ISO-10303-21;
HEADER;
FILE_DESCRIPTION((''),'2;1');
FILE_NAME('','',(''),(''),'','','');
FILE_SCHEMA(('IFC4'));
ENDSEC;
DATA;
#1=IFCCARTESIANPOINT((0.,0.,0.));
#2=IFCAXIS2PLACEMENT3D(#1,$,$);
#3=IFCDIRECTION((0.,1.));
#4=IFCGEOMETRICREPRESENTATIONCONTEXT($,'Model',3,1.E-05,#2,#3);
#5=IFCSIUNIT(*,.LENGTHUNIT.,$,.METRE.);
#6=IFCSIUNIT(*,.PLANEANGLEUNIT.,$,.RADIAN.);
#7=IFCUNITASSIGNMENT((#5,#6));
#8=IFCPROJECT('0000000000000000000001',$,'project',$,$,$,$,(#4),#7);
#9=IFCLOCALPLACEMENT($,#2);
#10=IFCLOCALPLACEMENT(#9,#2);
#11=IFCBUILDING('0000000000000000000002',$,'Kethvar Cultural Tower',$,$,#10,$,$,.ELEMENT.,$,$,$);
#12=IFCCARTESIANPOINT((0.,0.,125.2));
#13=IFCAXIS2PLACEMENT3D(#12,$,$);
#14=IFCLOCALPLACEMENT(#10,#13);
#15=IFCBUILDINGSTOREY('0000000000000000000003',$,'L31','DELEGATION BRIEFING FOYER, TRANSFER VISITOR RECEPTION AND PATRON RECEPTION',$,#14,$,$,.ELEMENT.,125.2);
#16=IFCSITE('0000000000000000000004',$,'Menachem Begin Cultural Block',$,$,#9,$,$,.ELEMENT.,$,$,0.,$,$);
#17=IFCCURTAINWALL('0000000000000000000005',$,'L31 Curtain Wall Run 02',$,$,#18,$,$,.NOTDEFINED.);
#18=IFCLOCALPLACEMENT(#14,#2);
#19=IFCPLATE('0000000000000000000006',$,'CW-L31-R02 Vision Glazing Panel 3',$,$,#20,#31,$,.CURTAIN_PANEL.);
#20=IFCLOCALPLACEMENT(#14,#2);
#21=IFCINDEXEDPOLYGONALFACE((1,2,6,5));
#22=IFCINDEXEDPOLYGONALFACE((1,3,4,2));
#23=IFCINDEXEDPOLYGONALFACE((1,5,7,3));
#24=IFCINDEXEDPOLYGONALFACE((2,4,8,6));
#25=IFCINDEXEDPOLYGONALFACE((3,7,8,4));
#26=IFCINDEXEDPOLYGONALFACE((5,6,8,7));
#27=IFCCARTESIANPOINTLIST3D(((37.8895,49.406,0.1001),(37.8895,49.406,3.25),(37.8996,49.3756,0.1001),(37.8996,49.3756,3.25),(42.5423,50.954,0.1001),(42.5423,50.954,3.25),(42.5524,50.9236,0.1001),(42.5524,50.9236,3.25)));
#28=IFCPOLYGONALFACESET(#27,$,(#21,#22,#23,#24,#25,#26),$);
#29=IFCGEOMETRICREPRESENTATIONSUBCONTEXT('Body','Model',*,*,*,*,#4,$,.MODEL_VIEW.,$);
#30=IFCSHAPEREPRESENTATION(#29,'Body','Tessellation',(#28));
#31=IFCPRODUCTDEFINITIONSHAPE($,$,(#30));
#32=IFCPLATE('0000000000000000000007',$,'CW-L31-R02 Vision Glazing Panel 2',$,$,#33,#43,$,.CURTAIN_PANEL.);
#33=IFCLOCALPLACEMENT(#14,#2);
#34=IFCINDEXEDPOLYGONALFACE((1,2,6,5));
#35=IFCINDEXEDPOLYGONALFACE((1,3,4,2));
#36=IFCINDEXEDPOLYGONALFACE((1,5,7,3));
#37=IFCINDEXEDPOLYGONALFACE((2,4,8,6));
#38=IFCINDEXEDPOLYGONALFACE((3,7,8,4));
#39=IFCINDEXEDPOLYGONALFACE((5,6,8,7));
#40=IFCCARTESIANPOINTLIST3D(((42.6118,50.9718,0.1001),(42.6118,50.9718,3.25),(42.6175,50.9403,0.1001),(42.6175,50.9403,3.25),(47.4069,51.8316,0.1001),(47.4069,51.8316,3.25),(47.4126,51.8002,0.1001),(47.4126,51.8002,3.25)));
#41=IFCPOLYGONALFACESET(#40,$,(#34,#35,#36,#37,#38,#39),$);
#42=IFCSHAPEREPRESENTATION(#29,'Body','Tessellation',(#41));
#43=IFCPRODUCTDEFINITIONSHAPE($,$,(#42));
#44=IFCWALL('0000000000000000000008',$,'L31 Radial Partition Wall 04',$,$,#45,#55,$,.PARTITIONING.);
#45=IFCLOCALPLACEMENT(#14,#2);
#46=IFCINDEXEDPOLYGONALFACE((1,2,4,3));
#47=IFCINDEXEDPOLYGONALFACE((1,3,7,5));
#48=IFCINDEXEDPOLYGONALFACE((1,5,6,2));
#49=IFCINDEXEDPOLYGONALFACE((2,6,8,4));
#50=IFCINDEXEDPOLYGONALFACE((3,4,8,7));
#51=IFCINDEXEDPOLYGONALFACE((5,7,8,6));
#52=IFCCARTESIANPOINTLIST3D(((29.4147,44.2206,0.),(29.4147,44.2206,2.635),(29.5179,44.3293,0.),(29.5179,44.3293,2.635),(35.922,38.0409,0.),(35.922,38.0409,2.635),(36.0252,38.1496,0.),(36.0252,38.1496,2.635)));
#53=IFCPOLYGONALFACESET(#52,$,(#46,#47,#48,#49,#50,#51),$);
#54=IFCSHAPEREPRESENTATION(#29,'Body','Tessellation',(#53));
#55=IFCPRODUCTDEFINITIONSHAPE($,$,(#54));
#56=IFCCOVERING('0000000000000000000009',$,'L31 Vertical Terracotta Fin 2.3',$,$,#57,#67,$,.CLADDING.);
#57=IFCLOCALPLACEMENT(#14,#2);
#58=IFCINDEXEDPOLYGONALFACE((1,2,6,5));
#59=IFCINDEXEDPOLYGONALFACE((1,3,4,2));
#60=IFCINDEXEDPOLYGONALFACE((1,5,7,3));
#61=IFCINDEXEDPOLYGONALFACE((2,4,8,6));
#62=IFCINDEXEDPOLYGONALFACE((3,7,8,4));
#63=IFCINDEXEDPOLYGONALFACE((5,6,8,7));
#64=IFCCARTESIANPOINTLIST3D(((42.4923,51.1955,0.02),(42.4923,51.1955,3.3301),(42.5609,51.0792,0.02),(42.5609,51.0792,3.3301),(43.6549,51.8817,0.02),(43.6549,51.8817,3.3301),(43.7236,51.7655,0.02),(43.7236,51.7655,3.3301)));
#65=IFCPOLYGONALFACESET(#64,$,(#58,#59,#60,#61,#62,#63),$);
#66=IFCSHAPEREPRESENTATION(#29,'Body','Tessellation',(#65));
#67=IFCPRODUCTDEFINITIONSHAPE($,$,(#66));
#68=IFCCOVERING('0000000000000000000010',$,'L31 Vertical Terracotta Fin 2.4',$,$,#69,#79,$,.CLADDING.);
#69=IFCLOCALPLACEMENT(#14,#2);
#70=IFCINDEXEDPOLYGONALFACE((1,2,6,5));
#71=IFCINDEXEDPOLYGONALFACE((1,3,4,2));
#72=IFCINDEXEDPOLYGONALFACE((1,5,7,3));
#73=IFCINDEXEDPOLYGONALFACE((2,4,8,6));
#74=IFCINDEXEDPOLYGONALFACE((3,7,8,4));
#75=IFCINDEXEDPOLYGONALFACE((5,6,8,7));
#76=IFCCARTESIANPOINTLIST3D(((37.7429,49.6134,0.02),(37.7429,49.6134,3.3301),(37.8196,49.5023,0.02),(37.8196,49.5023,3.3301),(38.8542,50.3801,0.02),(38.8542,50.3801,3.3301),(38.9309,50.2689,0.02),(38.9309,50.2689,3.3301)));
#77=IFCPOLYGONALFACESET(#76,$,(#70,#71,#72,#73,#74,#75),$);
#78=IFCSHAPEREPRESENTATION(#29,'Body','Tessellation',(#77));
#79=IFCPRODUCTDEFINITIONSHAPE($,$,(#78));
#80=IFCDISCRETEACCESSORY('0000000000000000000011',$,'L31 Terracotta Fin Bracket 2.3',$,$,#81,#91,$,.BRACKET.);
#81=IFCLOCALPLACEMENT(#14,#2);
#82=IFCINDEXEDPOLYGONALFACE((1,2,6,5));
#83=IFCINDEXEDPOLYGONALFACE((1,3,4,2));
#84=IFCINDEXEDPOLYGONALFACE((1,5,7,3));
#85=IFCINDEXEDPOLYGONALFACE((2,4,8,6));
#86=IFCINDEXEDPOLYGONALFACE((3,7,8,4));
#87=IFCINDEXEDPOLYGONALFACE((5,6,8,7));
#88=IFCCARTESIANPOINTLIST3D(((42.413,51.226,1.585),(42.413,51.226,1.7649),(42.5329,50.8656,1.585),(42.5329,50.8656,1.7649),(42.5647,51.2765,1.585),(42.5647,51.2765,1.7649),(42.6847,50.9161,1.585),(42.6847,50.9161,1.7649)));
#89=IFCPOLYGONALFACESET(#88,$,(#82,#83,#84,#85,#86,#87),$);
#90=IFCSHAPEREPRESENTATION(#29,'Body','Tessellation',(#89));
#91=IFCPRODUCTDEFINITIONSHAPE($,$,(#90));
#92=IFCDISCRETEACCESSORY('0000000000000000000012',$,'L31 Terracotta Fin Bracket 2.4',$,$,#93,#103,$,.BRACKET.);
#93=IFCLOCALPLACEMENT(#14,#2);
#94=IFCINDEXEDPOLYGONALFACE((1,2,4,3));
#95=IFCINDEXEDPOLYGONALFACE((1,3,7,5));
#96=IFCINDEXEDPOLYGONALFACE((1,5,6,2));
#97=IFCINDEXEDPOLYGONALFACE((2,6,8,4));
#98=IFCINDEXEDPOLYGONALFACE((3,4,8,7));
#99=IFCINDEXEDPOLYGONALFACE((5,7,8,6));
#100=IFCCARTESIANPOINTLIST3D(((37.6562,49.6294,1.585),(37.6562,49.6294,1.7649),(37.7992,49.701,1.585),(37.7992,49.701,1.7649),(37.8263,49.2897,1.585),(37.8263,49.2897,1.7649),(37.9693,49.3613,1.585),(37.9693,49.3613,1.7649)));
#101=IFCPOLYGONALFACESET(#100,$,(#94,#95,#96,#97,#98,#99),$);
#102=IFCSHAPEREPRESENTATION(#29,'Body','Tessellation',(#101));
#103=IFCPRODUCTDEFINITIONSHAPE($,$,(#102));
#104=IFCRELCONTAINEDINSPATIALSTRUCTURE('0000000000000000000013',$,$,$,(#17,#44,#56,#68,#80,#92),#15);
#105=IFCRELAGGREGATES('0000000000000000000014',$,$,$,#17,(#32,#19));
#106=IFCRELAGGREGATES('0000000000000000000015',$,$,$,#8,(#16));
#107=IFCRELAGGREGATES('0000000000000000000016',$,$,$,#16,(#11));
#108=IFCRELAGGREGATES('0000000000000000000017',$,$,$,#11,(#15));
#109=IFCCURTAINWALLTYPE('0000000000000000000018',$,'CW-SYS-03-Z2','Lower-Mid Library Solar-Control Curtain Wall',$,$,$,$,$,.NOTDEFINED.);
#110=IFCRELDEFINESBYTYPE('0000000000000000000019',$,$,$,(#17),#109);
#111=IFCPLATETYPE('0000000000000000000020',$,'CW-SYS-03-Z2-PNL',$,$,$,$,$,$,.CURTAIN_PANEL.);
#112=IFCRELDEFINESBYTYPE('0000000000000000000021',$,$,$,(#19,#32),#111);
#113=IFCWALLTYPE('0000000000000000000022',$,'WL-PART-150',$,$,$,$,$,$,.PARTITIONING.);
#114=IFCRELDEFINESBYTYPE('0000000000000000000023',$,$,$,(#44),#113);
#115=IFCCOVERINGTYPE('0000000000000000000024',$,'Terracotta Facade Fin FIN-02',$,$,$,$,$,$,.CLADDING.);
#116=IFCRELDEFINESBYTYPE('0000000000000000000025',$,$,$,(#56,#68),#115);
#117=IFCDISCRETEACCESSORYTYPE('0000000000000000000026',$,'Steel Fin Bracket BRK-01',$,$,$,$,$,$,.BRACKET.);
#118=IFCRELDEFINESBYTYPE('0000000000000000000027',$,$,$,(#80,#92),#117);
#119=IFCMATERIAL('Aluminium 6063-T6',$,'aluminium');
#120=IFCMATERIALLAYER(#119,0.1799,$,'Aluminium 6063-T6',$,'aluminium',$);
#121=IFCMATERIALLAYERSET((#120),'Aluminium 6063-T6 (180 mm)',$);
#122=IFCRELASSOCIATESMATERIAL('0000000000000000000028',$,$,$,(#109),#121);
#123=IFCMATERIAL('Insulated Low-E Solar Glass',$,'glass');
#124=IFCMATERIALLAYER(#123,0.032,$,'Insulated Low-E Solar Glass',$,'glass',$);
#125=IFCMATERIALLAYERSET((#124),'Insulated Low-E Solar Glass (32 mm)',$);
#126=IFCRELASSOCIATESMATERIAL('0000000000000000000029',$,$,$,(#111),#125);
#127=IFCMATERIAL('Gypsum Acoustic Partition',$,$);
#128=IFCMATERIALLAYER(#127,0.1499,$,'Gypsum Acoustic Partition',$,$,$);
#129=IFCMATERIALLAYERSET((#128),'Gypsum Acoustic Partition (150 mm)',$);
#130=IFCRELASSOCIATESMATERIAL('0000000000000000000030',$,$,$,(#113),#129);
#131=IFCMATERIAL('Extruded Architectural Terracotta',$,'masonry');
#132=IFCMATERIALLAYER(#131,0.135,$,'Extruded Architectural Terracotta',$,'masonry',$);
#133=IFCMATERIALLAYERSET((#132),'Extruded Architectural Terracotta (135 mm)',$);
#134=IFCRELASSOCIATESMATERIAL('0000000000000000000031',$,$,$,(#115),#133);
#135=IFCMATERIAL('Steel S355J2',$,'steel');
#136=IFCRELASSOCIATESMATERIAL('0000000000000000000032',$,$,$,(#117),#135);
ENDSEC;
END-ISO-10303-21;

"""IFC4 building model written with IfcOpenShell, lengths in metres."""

from ifc_helpers import new_model, si_unit, direction, frame, frame_2d, origin, origin_2d, place, context, subcontext, project, spatial, rectangle, extrude, source, transform, mapped, material, layer, layer_set, type_object, element, aggregate, save


model = new_model("IFC4")

# Units and contexts
model_context = context("Model", 3, precision=1e-05, world=origin(), true_north=direction((0.0, 1.0)))
body_context = subcontext(model_context, "Body", "Model", "MODEL_VIEW")
ifc_project = project(units=[si_unit("LENGTHUNIT", "METRE"), si_unit("PLANEANGLEUNIT", "RADIAN")], contexts=[model_context])

# Site, building, storey
site_placement = place(None, origin())
site = spatial("IfcSite", under=ifc_project, at=site_placement, Name="Menachem Begin Cultural Block", CompositionType="ELEMENT", RefElevation=0.0)
building_placement = place(site_placement, origin())
building = spatial("IfcBuilding", under=site, at=building_placement, Name="Kethvar Cultural Tower", CompositionType="ELEMENT")
storey_placement = place(building_placement, frame((0.0, 0.0, 125.2)))
storey = spatial("IfcBuildingStorey", under=building, at=storey_placement, Name="L31", Description="DELEGATION BRIEFING FOYER, TRANSFER VISITOR RECEPTION AND PATRON RECEPTION", CompositionType="ELEMENT", Elevation=125.2)

# Shared definitions
ifc_material_1 = material(Name="Steel S355J2", Category="steel")

# Curtain wall, plates
ifc_material_2 = material(Name="Aluminium 6063-T6", Category="aluminium")
ifc_layer_1 = layer(ifc_material_2, 0.1799, Name="Aluminium 6063-T6", Category="aluminium")
ifc_layer_set_1 = layer_set([ifc_layer_1], Name="Aluminium 6063-T6 (180 mm)")
curtain_wall_type = type_object("IfcCurtainWallType", Name="CW-SYS-03-Z2", Description="Lower-Mid Library Solar-Control Curtain Wall", PredefinedType="NOTDEFINED", material=ifc_layer_set_1)
curtain_wall_placement = place(storey_placement, origin())
curtain_wall = element("IfcCurtainWall", 1, at=curtain_wall_placement, inside=storey, type_object=curtain_wall_type, Name="L31 Curtain Wall Run 02", PredefinedType="NOTDEFINED")
ifc_material_3 = material(Name="Insulated Low-E Solar Glass", Category="glass")
ifc_layer_2 = layer(ifc_material_3, 0.032, Name="Insulated Low-E Solar Glass", Category="glass")
ifc_layer_set_2 = layer_set([ifc_layer_2], Name="Insulated Low-E Solar Glass (32 mm)")
plate_type = type_object("IfcPlateType", Name="CW-SYS-03-Z2-PNL", PredefinedType="CURTAIN_PANEL", material=ifc_layer_set_2)
shared_shape_1 = source(origin(), body_context, "Body", "SweptSolid", [
    extrude(rectangle(XDim=4.9036, YDim=0.032, at=origin_2d()), origin(), (0.0, 0.0, 1.0), 3.1499),
])
plate_1_placement = place(storey_placement, frame((40.2209, 50.1648, 0.1001), z_axis=(0.0, 0.0, 1.0), x_axis=(-0.948865, -0.315682, 0.0)))
plate_1 = element("IfcPlate", 2, at=plate_1_placement, type_object=plate_type, Name="CW-L31-R02 Vision Glazing Panel 3", PredefinedType="CURTAIN_PANEL", context=body_context, shape_type="MappedRepresentation", body=[
    mapped(shared_shape_1, transform((0.0, 0.0, 0.0), scale=1.0)),
])
shared_shape_2 = source(origin(), body_context, "Body", "SweptSolid", [
    extrude(rectangle(XDim=4.8716, YDim=0.032, at=origin_2d()), origin(), (0.0, 0.0, 1.0), 3.1499),
])
plate_2_placement = place(storey_placement, frame((45.0122, 51.386, 0.1001), z_axis=(0.0, 0.0, 1.0), x_axis=(-0.984301, -0.176501, 0.0)))
plate_2 = element("IfcPlate", 3, at=plate_2_placement, type_object=plate_type, Name="CW-L31-R02 Vision Glazing Panel 2", PredefinedType="CURTAIN_PANEL", context=body_context, shape_type="MappedRepresentation", body=[
    mapped(shared_shape_2, transform((0.0, 0.0, 0.0), scale=1.0)),
])
aggregate(curtain_wall, [plate_2, plate_1])

# Wall
ifc_material_4 = material(Name="Gypsum Acoustic Partition")
ifc_layer_3 = layer(ifc_material_4, 0.1499, Name="Gypsum Acoustic Partition")
ifc_layer_set_3 = layer_set([ifc_layer_3], Name="Gypsum Acoustic Partition (150 mm)")
wall_type = type_object("IfcWallType", Name="WL-PART-150", PredefinedType="PARTITIONING", material=ifc_layer_set_3)
wall_placement = place(storey_placement, frame((35.9736, 38.0952, 0.0), z_axis=(0.0, 0.0, 1.0), x_axis=(-0.725126, 0.688616, 0.0)))
element("IfcWall", 4, at=wall_placement, inside=storey, type_object=wall_type, Name="L31 Radial Partition Wall 04", PredefinedType="PARTITIONING", context=body_context, shape_type="SweptSolid", body=[
    extrude(rectangle(XDim=8.9741, YDim=0.1499, at=frame_2d((4.4871, 0.0))), origin(), (0.0, 0.0, 1.0), 2.635),
])

# Coverings
ifc_material_5 = material(Name="Extruded Architectural Terracotta", Category="masonry")
ifc_layer_4 = layer(ifc_material_5, 0.135, Name="Extruded Architectural Terracotta", Category="masonry")
ifc_layer_set_4 = layer_set([ifc_layer_4], Name="Extruded Architectural Terracotta (135 mm)")
covering_type = type_object("IfcCoveringType", Name="Terracotta Facade Fin FIN-02", PredefinedType="CLADDING", material=ifc_layer_set_4)
shared_shape_3 = source(origin(), body_context, "Body", "SweptSolid", [
    extrude(rectangle(XDim=1.3501, YDim=0.135, at=origin_2d()), origin(), (0.0, 0.0, 1.0), 3.3101),
])
for number, where, z_axis, x_axis, name in (
    (5, (43.1079, 51.4805, 0.02), (0.0, 0.0, 1.0), (0.861186, 0.50829, 0.0), "L31 Vertical Terracotta Fin 2.3"),
    (6, (38.3369, 49.9412, 0.02), (0.0, 0.0, 1.0), (0.823136, 0.567844, 0.0), "L31 Vertical Terracotta Fin 2.4"),
):
    element("IfcCovering", number, at=place(storey_placement, frame(where, z_axis=z_axis, x_axis=x_axis)), inside=storey, type_object=covering_type, Name=name, PredefinedType="CLADDING", context=body_context, shape_type="MappedRepresentation", body=[
        mapped(shared_shape_3, transform((0.0, 0.0, 0.0), scale=1.0)),
    ])

# Discrete accessories
discrete_accessory_type = type_object("IfcDiscreteAccessoryType", Name="Steel Fin Bracket BRK-01", PredefinedType="BRACKET", material=ifc_material_1)
shared_shape_4 = source(origin(), body_context, "Body", "SweptSolid", [
    extrude(rectangle(XDim=0.3799, YDim=0.1599, at=origin_2d()), origin(), (0.0, 0.0, 1.0), 0.1799),
])
for number, where, z_axis, x_axis, name in (
    (7, (42.5488, 51.071, 1.585), (0.0, 0.0, 1.0), (-0.315649, 0.948876, 0.0), "L31 Terracotta Fin Bracket 2.3"),
    (8, (37.8127, 49.4954, 1.585), (0.0, 0.0, 1.0), (-0.447759, 0.894154, 0.0), "L31 Terracotta Fin Bracket 2.4"),
):
    element("IfcDiscreteAccessory", number, at=place(storey_placement, frame(where, z_axis=z_axis, x_axis=x_axis)), inside=storey, type_object=discrete_accessory_type, Name=name, PredefinedType="BRACKET", context=body_context, shape_type="MappedRepresentation", body=[
        mapped(shared_shape_4, transform((0.0, 0.0, 0.0), scale=1.0)),
    ])

save(model, "model.ifc")
